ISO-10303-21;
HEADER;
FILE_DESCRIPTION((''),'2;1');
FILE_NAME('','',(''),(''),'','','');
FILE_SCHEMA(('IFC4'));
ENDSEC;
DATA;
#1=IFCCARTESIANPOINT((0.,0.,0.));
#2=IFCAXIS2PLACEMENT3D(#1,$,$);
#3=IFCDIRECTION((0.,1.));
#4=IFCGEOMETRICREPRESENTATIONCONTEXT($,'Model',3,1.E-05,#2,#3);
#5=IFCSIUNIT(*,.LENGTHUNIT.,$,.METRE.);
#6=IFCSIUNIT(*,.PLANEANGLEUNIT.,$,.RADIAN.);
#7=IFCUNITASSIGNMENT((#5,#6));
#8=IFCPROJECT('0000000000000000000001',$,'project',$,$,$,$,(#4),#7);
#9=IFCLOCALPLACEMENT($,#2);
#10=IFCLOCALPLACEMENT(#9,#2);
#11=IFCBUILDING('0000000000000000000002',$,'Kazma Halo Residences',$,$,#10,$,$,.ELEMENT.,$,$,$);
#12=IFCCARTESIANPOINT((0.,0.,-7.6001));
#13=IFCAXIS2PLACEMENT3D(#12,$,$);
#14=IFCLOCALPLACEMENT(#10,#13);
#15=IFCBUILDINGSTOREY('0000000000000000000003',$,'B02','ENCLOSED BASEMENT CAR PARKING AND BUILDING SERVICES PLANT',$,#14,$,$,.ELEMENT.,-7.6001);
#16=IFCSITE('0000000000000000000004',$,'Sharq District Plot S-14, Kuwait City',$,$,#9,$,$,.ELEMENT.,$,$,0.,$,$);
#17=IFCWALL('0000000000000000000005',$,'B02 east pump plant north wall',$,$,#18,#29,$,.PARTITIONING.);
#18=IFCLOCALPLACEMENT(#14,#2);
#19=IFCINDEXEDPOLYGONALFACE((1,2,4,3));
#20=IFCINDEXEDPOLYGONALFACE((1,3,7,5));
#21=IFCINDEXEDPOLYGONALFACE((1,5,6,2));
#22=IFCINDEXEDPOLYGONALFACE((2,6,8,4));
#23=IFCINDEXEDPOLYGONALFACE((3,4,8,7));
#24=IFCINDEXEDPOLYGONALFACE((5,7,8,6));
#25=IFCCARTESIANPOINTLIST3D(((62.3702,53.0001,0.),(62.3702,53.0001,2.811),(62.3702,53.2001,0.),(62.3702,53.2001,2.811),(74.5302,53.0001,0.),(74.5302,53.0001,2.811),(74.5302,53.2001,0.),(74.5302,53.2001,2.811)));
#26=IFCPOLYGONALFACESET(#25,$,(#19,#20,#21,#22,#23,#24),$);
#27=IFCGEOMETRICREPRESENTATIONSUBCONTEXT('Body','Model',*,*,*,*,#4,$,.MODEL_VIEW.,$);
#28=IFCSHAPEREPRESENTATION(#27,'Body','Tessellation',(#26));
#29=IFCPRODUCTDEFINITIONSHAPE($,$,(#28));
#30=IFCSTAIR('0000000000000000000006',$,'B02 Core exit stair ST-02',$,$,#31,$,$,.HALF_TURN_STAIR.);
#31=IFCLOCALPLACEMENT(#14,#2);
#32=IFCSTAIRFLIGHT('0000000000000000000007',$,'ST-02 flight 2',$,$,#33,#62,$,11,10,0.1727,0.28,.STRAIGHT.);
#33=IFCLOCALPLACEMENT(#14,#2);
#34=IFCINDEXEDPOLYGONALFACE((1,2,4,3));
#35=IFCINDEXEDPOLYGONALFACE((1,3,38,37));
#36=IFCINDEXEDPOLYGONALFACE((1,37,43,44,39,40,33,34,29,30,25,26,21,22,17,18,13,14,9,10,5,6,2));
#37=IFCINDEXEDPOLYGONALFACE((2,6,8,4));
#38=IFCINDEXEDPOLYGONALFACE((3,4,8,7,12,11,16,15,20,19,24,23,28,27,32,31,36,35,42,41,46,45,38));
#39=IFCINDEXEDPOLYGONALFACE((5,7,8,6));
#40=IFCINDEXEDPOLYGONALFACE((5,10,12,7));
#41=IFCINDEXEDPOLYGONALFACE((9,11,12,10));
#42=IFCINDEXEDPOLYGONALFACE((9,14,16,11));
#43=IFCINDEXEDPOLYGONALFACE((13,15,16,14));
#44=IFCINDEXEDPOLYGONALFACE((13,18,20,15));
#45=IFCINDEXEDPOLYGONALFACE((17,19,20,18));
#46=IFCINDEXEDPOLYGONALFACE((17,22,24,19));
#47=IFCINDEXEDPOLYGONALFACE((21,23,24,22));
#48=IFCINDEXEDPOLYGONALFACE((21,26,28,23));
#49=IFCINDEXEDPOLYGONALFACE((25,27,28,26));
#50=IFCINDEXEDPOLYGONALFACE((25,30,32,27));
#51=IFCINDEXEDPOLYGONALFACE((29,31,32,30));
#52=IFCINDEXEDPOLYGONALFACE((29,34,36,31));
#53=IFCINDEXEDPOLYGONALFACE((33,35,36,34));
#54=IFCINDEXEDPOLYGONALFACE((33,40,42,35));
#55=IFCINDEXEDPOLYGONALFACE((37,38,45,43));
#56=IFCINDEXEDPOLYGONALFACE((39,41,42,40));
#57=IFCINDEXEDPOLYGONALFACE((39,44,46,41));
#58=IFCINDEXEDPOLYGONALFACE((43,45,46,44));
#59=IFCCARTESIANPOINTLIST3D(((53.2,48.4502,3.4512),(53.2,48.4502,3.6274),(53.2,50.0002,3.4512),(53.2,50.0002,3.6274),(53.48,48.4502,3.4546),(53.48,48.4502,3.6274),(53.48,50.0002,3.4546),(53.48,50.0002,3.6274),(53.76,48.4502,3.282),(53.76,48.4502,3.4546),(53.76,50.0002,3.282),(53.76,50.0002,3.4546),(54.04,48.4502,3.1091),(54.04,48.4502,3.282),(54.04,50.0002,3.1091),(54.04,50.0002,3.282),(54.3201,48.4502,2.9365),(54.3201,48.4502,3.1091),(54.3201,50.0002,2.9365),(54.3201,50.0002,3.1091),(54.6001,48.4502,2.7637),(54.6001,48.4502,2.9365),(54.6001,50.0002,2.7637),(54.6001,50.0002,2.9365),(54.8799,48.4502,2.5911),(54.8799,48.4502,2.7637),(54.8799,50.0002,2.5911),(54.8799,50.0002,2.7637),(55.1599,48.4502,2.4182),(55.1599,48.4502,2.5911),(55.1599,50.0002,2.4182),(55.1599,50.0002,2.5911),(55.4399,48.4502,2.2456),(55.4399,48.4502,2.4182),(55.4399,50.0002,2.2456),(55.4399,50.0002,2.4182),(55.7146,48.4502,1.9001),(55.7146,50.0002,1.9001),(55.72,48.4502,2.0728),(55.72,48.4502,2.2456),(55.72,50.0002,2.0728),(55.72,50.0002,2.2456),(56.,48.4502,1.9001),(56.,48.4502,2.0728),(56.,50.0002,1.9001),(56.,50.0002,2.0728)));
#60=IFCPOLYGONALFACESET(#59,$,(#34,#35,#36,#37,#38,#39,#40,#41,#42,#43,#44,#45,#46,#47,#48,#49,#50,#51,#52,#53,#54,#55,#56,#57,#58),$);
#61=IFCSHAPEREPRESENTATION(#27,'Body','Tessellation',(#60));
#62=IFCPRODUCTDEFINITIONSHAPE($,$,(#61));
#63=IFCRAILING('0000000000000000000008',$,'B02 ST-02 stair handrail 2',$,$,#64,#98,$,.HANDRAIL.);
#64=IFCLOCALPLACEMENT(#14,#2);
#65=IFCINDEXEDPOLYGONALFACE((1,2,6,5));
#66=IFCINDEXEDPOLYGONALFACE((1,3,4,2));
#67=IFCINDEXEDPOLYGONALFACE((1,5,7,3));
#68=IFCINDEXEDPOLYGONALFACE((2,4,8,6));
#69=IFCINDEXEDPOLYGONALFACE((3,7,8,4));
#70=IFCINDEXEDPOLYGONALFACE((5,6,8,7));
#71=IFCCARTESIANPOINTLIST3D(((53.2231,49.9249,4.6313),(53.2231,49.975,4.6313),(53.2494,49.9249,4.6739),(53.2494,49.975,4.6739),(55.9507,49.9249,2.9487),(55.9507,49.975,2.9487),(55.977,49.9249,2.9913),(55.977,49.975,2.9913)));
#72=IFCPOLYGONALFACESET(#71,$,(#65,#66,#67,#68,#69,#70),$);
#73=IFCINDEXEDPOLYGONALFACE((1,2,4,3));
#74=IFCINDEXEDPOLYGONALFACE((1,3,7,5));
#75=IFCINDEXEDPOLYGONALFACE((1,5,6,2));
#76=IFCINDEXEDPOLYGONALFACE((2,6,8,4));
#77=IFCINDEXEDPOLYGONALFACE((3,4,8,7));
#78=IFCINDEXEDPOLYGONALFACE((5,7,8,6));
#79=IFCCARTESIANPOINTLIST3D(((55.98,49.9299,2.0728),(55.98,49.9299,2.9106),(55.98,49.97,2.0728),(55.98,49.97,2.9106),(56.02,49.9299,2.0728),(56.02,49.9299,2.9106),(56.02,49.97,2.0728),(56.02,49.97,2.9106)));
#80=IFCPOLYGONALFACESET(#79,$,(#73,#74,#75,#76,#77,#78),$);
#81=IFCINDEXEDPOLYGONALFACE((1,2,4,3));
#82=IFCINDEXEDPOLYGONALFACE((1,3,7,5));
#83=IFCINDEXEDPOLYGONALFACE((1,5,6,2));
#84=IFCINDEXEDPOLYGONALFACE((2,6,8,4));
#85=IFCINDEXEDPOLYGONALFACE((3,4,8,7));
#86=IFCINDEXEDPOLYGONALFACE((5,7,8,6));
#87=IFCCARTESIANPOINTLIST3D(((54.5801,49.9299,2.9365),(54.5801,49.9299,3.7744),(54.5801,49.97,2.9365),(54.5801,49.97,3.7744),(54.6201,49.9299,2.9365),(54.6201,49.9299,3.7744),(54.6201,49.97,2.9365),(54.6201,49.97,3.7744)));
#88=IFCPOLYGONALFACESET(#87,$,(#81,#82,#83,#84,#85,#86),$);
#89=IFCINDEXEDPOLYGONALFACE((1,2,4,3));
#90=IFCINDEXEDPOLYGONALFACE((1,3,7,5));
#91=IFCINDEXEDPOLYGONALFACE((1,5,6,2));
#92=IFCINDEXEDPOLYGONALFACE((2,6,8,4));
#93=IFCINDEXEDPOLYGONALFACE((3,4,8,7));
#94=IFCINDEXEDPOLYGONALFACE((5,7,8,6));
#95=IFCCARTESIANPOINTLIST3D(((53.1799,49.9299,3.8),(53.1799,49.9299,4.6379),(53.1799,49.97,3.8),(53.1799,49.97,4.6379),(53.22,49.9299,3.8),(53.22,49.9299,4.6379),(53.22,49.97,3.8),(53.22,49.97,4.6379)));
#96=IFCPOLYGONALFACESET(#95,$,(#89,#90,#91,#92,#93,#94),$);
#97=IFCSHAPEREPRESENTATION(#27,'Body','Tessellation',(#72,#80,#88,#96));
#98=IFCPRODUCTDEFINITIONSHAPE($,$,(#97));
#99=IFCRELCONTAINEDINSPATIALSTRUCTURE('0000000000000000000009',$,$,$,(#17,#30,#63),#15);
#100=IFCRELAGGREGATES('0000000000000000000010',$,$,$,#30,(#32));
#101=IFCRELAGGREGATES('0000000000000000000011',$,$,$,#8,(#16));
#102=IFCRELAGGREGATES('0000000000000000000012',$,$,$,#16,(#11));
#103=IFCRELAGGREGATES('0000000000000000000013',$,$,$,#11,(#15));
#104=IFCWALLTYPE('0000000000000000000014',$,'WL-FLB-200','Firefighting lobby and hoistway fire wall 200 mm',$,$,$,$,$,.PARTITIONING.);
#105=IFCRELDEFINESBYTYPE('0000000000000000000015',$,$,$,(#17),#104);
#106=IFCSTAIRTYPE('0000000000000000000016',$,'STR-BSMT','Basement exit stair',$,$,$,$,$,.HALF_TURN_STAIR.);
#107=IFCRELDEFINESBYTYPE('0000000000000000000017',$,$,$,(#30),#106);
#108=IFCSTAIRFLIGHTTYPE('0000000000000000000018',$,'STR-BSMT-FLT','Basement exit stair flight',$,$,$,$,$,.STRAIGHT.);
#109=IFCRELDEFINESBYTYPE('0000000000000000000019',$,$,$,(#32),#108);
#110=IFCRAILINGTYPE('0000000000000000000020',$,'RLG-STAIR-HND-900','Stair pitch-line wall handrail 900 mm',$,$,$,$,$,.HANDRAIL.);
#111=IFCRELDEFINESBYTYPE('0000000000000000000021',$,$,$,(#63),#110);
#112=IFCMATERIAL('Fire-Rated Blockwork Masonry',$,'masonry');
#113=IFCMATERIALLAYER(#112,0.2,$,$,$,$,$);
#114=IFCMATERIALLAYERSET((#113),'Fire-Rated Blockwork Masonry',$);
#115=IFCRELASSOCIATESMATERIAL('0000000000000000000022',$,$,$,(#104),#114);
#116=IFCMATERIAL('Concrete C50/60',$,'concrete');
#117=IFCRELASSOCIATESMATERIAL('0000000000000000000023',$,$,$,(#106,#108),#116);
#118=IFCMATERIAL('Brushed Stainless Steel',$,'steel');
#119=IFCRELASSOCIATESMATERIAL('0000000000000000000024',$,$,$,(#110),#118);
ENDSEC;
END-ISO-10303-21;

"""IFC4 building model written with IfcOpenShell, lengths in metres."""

from ifc_helpers import new_model, si_unit, direction, frame, frame_2d, origin, origin_2d, place, context, subcontext, project, spatial, polyline, rectangle, outline, extrude, material, layer, layer_set, type_object, element, aggregate, save


model = new_model("IFC4")

# Units and contexts
model_context = context("Model", 3, precision=1e-05, world=origin(), true_north=direction((0.0, 1.0)))
body_context = subcontext(model_context, "Body", "Model", "MODEL_VIEW")
ifc_project = project(units=[si_unit("LENGTHUNIT", "METRE"), si_unit("PLANEANGLEUNIT", "RADIAN")], contexts=[model_context])

# Site, building, storey
site_placement = place(None, origin())
site = spatial("IfcSite", under=ifc_project, at=site_placement, Name="Sharq District Plot S-14, Kuwait City", CompositionType="ELEMENT", RefElevation=0.0)
building_placement = place(site_placement, origin())
building = spatial("IfcBuilding", under=site, at=building_placement, Name="Kazma Halo Residences", CompositionType="ELEMENT")
storey_placement = place(building_placement, frame((0.0, 0.0, -7.6001)))
storey = spatial("IfcBuildingStorey", under=building, at=storey_placement, Name="B02", Description="ENCLOSED BASEMENT CAR PARKING AND BUILDING SERVICES PLANT", CompositionType="ELEMENT", Elevation=-7.6001)

# Wall
ifc_material_1 = material(Name="Fire-Rated Blockwork Masonry", Category="masonry")
ifc_layer = layer(ifc_material_1, 0.2)
ifc_layer_set = layer_set([ifc_layer], Name="Fire-Rated Blockwork Masonry")
wall_type = type_object("IfcWallType", Name="WL-FLB-200", Description="Firefighting lobby and hoistway fire wall 200 mm", PredefinedType="PARTITIONING", material=ifc_layer_set)
wall_placement = place(storey_placement, frame((62.3701, 53.1001, 0.0), z_axis=(0.0, 0.0, 1.0), x_axis=(1.0, 0.0, 0.0)))
element("IfcWall", 1, at=wall_placement, inside=storey, type_object=wall_type, Name="B02 east pump plant north wall", PredefinedType="PARTITIONING", context=body_context, shape_type="SweptSolid", body=[
    extrude(rectangle(XDim=12.1599, YDim=0.2, at=frame_2d((6.0801, 0.0))), origin(), (0.0, 0.0, 1.0), 2.811),
])

# Stair, stair flight
ifc_material_2 = material(Name="Concrete C50/60", Category="concrete")
stair_type = type_object("IfcStairType", Name="STR-BSMT", Description="Basement exit stair", PredefinedType="HALF_TURN_STAIR", material=ifc_material_2)
stair_placement = place(storey_placement, origin())
stair = element("IfcStair", 2, at=stair_placement, inside=storey, type_object=stair_type, Name="B02 Core exit stair ST-02", PredefinedType="HALF_TURN_STAIR")
stair_flight_type = type_object("IfcStairFlightType", Name="STR-BSMT-FLT", Description="Basement exit stair flight", PredefinedType="STRAIGHT", material=ifc_material_2)
stair_flight_placement = place(storey_placement, frame((56.0, 49.2251, 1.9001), z_axis=(0.0, 0.0, 1.0), x_axis=(-1.0, 0.0, 0.0)))
stair_flight = element("IfcStairFlight", 3, at=stair_flight_placement, type_object=stair_flight_type, Name="ST-02 flight 2", NumberOfRisers=11, NumberOfTreads=10, PredefinedType="STRAIGHT", RiserHeight=0.1727, TreadLength=0.28, context=body_context, shape_type="SweptSolid", body=[
    extrude(outline(polyline([(0.0, 0.0), (0.0, 0.1726), (0.28, 0.1726), (0.28, 0.3455), (0.5601, 0.3455), (0.5601, 0.5181), (0.8401, 0.5181), (0.8401, 0.6909), (1.1201, 0.6909), (1.1201, 0.8635), (1.3999, 0.8635), (1.3999, 1.0364), (1.6799, 1.0364), (1.6799, 1.209), (1.96, 1.209), (1.96, 1.3818), (2.24, 1.3818), (2.24, 1.5544), (2.52, 1.5544), (2.52, 1.7273), (2.8, 1.7273), (2.8, 1.8999), (2.8, 1.551), (0.2854, 0.0), (0.0, 0.0)])), frame((0.0, 0.7749, 0.0), z_axis=(0.0, -1.0, 0.0), x_axis=(1.0, 0.0, 0.0)), (0.0, 0.0, 1.0), 1.55),
])
aggregate(stair, [stair_flight])

# Railing
ifc_material_3 = material(Name="Brushed Stainless Steel", Category="steel")
railing_type = type_object("IfcRailingType", Name="RLG-STAIR-HND-900", Description="Stair pitch-line wall handrail 900 mm", PredefinedType="HANDRAIL", material=ifc_material_3)
railing_placement = place(storey_placement, frame((56.0, 49.95, 2.0728)))
element("IfcRailing", 4, at=railing_placement, inside=storey, type_object=railing_type, Name="B02 ST-02 stair handrail 2", PredefinedType="HANDRAIL", context=body_context, shape_type="SweptSolid", body=[
    extrude(rectangle(XDim=0.05, YDim=0.05, at=origin_2d()), frame((-0.0361, 0.0, 0.8972), z_axis=(-0.85109, 0.0, 0.52502), x_axis=(0.0, -1.0, 0.0)), (0.0, 0.0, 1.0), 3.2048),
    extrude(rectangle(XDim=0.04, YDim=0.04, at=origin_2d()), origin(), (0.0, 0.0, 1.0), 0.8379),
    extrude(rectangle(XDim=0.04, YDim=0.04, at=origin_2d()), frame((-1.3999, 0.0, 0.8638)), (0.0, 0.0, 1.0), 0.8379),
    extrude(rectangle(XDim=0.04, YDim=0.04, at=origin_2d()), frame((-2.8, 0.0, 1.7273)), (0.0, 0.0, 1.0), 0.8379),
])

save(model, "model.ifc")
